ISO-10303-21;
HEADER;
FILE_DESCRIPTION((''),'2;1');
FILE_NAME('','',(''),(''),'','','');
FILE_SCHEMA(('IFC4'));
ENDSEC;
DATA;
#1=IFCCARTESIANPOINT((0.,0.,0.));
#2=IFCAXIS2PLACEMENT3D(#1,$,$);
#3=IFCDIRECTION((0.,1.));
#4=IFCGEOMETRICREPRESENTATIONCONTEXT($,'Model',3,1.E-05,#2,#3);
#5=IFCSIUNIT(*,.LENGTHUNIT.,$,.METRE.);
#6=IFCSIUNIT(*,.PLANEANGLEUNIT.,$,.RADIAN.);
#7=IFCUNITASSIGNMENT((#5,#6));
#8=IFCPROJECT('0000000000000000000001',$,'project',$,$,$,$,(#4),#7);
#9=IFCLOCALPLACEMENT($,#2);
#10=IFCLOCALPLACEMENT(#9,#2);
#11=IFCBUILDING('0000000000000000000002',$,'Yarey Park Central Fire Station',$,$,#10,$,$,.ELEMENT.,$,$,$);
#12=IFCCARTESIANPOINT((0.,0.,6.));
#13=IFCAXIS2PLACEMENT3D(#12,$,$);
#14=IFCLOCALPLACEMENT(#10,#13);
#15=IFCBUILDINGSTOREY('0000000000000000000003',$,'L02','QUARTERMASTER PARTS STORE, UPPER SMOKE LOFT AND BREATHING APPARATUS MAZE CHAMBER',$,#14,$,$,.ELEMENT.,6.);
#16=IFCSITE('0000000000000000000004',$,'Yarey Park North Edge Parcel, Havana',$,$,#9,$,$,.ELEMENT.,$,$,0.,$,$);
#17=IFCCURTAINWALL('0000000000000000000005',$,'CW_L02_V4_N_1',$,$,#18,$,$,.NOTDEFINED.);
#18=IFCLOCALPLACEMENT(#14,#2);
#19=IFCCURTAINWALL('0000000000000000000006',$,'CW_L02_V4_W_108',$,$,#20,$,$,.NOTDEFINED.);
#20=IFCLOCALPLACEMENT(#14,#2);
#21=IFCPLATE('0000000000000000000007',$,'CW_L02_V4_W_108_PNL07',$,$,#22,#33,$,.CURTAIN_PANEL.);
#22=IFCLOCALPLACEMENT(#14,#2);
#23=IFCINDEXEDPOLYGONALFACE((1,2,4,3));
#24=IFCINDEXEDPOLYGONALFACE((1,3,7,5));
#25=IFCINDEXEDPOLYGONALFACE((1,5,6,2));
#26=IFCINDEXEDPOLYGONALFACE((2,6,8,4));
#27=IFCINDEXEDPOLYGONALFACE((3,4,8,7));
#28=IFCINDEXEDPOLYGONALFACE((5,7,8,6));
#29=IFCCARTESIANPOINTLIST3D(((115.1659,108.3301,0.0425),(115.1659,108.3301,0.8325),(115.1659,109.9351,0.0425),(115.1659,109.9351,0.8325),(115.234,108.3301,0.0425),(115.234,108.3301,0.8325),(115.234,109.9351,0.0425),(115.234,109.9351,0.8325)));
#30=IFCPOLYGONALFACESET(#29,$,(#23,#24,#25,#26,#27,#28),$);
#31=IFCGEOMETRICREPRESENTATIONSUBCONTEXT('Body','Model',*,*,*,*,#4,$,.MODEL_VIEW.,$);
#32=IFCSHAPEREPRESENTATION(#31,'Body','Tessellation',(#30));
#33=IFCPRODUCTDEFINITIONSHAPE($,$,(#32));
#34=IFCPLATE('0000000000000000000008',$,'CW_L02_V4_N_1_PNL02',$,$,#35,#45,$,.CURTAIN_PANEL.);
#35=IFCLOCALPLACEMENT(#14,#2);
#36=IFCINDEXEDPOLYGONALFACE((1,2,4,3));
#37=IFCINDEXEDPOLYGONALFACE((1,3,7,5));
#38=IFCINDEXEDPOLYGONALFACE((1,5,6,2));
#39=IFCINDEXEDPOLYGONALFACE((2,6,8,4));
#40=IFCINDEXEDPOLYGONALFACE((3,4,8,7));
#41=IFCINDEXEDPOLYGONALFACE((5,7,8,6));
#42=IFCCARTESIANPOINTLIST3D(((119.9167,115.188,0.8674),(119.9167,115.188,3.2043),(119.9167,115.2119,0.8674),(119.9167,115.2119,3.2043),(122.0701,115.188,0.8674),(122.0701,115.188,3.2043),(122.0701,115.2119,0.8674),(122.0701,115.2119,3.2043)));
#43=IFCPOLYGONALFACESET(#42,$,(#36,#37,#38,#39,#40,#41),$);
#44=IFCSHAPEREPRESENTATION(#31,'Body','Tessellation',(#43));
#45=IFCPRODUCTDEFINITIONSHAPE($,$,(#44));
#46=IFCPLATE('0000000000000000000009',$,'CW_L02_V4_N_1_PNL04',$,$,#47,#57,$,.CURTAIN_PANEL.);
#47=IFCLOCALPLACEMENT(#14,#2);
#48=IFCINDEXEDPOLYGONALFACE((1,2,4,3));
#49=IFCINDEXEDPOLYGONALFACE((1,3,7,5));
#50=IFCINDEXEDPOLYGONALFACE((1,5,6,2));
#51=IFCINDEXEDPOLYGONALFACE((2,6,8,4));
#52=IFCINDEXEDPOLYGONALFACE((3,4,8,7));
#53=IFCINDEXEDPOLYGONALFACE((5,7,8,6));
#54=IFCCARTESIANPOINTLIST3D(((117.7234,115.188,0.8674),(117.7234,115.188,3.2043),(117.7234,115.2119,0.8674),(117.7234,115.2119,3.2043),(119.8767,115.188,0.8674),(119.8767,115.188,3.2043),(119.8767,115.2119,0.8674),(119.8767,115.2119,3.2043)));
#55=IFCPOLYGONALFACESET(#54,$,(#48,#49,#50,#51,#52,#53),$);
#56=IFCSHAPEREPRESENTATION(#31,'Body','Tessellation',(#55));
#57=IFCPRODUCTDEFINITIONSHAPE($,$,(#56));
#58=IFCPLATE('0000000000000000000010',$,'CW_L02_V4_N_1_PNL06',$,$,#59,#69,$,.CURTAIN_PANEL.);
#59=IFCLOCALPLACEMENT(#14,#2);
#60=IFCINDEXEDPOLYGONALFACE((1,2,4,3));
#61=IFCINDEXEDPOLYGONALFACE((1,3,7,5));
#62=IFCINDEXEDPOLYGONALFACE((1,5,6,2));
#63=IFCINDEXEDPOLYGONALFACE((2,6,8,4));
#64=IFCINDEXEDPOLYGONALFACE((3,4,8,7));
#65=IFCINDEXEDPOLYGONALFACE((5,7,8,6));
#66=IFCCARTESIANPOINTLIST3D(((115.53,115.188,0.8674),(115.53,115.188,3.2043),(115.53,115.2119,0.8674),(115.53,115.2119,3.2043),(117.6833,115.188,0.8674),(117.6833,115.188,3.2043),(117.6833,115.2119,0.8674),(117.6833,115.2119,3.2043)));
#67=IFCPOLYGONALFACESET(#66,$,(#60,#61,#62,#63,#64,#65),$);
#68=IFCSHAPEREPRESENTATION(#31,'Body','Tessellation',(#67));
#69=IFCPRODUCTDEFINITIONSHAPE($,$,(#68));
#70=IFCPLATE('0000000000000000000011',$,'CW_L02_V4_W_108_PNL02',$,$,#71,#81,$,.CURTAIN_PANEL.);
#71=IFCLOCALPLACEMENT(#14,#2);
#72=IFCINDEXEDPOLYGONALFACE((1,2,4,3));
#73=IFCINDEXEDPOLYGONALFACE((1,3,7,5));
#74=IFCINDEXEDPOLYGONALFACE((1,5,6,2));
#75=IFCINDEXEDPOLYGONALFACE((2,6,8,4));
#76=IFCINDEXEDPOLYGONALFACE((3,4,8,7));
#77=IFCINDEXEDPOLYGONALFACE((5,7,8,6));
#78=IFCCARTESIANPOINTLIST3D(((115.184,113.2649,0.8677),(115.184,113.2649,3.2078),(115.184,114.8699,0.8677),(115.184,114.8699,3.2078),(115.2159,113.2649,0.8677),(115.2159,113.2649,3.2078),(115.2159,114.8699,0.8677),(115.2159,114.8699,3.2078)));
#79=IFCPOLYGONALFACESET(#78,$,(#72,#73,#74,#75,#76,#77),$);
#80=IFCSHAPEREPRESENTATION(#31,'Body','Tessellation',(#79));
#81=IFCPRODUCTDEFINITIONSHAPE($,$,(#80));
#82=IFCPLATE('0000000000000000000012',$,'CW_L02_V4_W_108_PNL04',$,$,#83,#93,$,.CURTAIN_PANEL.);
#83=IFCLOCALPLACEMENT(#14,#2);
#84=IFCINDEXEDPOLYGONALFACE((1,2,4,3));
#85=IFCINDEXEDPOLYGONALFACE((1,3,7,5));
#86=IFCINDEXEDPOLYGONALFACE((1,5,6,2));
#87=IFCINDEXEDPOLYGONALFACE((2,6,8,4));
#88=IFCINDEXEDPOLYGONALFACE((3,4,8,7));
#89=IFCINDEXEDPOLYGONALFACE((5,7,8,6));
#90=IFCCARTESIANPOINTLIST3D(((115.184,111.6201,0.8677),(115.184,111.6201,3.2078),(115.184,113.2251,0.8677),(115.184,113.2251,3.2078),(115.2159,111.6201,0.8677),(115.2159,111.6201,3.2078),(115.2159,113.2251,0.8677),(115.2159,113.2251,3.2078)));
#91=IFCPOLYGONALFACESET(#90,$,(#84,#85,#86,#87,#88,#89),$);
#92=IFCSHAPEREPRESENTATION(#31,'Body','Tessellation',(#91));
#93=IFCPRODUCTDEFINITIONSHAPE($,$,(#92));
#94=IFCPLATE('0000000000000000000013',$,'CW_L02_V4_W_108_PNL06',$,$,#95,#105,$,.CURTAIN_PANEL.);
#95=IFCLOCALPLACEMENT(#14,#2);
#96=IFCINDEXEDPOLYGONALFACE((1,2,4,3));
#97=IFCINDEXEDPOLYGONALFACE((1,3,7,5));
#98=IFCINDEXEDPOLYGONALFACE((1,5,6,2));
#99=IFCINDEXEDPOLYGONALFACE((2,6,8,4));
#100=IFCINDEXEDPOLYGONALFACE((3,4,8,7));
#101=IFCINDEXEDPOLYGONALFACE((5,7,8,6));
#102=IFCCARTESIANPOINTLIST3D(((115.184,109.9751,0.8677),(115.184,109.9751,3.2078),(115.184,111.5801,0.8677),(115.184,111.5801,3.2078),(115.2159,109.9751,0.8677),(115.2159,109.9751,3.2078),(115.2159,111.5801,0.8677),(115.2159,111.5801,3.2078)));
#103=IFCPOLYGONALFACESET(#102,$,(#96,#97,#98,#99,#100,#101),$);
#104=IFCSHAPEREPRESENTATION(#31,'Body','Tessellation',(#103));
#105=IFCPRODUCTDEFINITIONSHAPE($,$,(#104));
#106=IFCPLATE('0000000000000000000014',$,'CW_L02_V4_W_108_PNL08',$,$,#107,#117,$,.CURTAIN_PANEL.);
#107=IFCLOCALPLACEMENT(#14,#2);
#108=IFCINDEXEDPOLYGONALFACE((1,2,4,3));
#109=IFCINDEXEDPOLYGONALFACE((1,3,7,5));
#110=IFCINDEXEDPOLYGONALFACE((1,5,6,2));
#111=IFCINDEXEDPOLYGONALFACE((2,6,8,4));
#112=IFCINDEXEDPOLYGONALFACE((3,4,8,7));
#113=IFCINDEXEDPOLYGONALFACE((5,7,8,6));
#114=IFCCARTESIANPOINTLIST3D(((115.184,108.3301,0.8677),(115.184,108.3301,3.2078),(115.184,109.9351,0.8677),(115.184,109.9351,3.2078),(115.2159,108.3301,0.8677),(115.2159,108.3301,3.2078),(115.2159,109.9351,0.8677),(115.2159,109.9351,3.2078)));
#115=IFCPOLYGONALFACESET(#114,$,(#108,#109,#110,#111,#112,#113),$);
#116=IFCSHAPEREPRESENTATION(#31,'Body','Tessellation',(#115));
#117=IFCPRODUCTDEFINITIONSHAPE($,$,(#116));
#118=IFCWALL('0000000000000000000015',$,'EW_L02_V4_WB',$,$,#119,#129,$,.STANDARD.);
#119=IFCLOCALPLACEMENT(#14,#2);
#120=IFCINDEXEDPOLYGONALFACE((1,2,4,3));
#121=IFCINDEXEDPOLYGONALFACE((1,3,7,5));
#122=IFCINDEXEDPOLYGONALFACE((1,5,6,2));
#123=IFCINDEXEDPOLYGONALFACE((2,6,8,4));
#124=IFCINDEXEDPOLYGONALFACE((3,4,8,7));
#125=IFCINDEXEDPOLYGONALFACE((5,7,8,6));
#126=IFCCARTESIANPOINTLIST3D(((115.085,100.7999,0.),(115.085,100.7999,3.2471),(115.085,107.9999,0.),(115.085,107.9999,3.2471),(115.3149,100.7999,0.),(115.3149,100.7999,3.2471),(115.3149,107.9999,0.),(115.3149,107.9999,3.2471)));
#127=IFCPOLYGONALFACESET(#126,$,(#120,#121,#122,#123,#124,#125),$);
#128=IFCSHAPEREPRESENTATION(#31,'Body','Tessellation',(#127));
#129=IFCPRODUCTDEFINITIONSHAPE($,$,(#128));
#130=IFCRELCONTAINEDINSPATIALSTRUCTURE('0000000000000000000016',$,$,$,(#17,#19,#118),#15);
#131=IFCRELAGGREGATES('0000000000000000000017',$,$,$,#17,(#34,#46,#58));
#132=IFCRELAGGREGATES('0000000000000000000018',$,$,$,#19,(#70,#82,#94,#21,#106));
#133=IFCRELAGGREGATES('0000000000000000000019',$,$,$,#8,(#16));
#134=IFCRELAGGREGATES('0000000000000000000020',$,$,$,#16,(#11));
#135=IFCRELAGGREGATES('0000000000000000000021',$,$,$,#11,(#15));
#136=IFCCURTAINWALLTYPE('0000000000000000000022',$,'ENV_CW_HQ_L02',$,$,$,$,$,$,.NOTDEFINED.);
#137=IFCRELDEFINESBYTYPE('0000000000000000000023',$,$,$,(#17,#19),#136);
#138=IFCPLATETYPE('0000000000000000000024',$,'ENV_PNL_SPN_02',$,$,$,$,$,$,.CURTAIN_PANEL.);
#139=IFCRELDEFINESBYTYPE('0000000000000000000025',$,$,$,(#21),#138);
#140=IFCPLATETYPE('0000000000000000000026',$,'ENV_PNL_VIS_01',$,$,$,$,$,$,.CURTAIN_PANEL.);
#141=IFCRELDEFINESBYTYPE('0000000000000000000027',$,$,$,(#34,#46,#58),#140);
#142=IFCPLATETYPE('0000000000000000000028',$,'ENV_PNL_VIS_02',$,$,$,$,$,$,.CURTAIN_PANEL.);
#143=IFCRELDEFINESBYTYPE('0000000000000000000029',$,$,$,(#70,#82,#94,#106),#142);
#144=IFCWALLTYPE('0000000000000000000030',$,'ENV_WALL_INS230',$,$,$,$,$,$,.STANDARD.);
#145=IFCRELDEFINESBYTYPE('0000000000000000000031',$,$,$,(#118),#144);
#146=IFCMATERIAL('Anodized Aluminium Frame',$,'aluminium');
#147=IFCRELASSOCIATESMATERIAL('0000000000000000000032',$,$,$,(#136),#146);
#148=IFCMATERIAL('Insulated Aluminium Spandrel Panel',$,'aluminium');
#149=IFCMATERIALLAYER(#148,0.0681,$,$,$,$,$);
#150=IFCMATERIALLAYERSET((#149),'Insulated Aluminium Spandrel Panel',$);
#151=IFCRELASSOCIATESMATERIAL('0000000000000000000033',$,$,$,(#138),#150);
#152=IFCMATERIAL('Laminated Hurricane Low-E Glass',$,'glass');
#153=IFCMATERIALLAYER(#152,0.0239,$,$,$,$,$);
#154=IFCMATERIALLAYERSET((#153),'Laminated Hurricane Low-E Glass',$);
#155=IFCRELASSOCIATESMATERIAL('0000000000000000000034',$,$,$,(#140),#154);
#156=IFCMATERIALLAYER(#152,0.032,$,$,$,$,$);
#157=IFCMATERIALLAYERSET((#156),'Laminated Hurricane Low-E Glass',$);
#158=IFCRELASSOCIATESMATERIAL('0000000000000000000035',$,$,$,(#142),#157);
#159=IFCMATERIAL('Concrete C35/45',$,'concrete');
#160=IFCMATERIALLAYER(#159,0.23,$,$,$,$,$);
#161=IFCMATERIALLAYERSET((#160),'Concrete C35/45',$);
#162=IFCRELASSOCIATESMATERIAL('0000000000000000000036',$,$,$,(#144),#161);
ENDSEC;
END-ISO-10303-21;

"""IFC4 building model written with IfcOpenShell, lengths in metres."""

from ifc_helpers import new_model, si_unit, direction, frame, frame_2d, origin, origin_2d, place, context, subcontext, project, spatial, rectangle, extrude, material, layer, layer_set, type_object, element, aggregate, save


model = new_model("IFC4")

# Units and contexts
model_context = context("Model", 3, precision=1e-05, world=origin(), true_north=direction((0.0, 1.0)))
body_context = subcontext(model_context, "Body", "Model", "MODEL_VIEW")
ifc_project = project(units=[si_unit("LENGTHUNIT", "METRE"), si_unit("PLANEANGLEUNIT", "RADIAN")], contexts=[model_context])

# Site, building, storey
site_placement = place(None, origin())
site = spatial("IfcSite", under=ifc_project, at=site_placement, Name="Yarey Park North Edge Parcel, Havana", CompositionType="ELEMENT", RefElevation=0.0)
building_placement = place(site_placement, origin())
building = spatial("IfcBuilding", under=site, at=building_placement, Name="Yarey Park Central Fire Station", CompositionType="ELEMENT")
storey_placement = place(building_placement, frame((0.0, 0.0, 6.0)))
storey = spatial("IfcBuildingStorey", under=building, at=storey_placement, Name="L02", Description="QUARTERMASTER PARTS STORE, UPPER SMOKE LOFT AND BREATHING APPARATUS MAZE CHAMBER", CompositionType="ELEMENT", Elevation=6.0)

# Curtain walls
ifc_material_1 = material(Name="Anodized Aluminium Frame", Category="aluminium")
curtain_wall_type = type_object("IfcCurtainWallType", Name="ENV_CW_HQ_L02", PredefinedType="NOTDEFINED", material=ifc_material_1)
curtain_wall_1_placement = place(storey_placement, origin())
curtain_wall_1 = element("IfcCurtainWall", 1, at=curtain_wall_1_placement, inside=storey, type_object=curtain_wall_type, Name="CW_L02_V4_N_1", PredefinedType="NOTDEFINED")
curtain_wall_2_placement = place(storey_placement, origin())
curtain_wall_2 = element("IfcCurtainWall", 2, at=curtain_wall_2_placement, inside=storey, type_object=curtain_wall_type, Name="CW_L02_V4_W_108", PredefinedType="NOTDEFINED")

# Plates
ifc_material_2 = material(Name="Insulated Aluminium Spandrel Panel", Category="aluminium")
ifc_layer_1 = layer(ifc_material_2, 0.0681)
ifc_layer_set_1 = layer_set([ifc_layer_1], Name="Insulated Aluminium Spandrel Panel")
plate_type_1 = type_object("IfcPlateType", Name="ENV_PNL_SPN_02", PredefinedType="CURTAIN_PANEL", material=ifc_layer_set_1)
plate_1_placement = place(storey_placement, frame((115.2, 109.1326, 0.0425), z_axis=(0.0, 0.0, 1.0), x_axis=(0.0, -1.0, 0.0)))
plate_1 = element("IfcPlate", 3, at=plate_1_placement, type_object=plate_type_1, Name="CW_L02_V4_W_108_PNL07", PredefinedType="CURTAIN_PANEL", context=body_context, shape_type="SweptSolid", body=[
    extrude(rectangle(XDim=1.605, YDim=0.0681, at=origin_2d()), origin(), (0.0, 0.0, 1.0), 0.79),
])
ifc_material_3 = material(Name="Laminated Hurricane Low-E Glass", Category="glass")
ifc_layer_2 = layer(ifc_material_3, 0.0239)
ifc_layer_set_2 = layer_set([ifc_layer_2], Name="Laminated Hurricane Low-E Glass")
plate_type_2 = type_object("IfcPlateType", Name="ENV_PNL_VIS_01", PredefinedType="CURTAIN_PANEL", material=ifc_layer_set_2)
plate_2_placement = place(storey_placement, frame((120.9934, 115.2, 0.8674), z_axis=(0.0, 0.0, 1.0), x_axis=(-1.0, 0.0, 0.0)))
plate_2 = element("IfcPlate", 4, at=plate_2_placement, type_object=plate_type_2, Name="CW_L02_V4_N_1_PNL02", PredefinedType="CURTAIN_PANEL", context=body_context, shape_type="SweptSolid", body=[
    extrude(rectangle(XDim=2.1533, YDim=0.0239, at=origin_2d()), origin(), (0.0, 0.0, 1.0), 2.3369),
])
plate_3_placement = place(storey_placement, frame((118.8, 115.2, 0.8674), z_axis=(0.0, 0.0, 1.0), x_axis=(-1.0, 0.0, 0.0)))
plate_3 = element("IfcPlate", 5, at=plate_3_placement, type_object=plate_type_2, Name="CW_L02_V4_N_1_PNL04", PredefinedType="CURTAIN_PANEL", context=body_context, shape_type="SweptSolid", body=[
    extrude(rectangle(XDim=2.1533, YDim=0.0239, at=origin_2d()), origin(), (0.0, 0.0, 1.0), 2.3369),
])
plate_4_placement = place(storey_placement, frame((116.6067, 115.2, 0.8674), z_axis=(0.0, 0.0, 1.0), x_axis=(-1.0, 0.0, 0.0)))
plate_4 = element("IfcPlate", 6, at=plate_4_placement, type_object=plate_type_2, Name="CW_L02_V4_N_1_PNL06", PredefinedType="CURTAIN_PANEL", context=body_context, shape_type="SweptSolid", body=[
    extrude(rectangle(XDim=2.1533, YDim=0.0239, at=origin_2d()), origin(), (0.0, 0.0, 1.0), 2.3369),
])
aggregate(curtain_wall_1, [plate_2, plate_3, plate_4])
ifc_layer_3 = layer(ifc_material_3, 0.032)
ifc_layer_set_3 = layer_set([ifc_layer_3], Name="Laminated Hurricane Low-E Glass")
plate_type_3 = type_object("IfcPlateType", Name="ENV_PNL_VIS_02", PredefinedType="CURTAIN_PANEL", material=ifc_layer_set_3)
plate_5_placement = place(storey_placement, frame((115.2, 114.0674, 0.8677), z_axis=(0.0, 0.0, 1.0), x_axis=(0.0, -1.0, 0.0)))
plate_5 = element("IfcPlate", 7, at=plate_5_placement, type_object=plate_type_3, Name="CW_L02_V4_W_108_PNL02", PredefinedType="CURTAIN_PANEL", context=body_context, shape_type="SweptSolid", body=[
    extrude(rectangle(XDim=1.605, YDim=0.032, at=origin_2d()), origin(), (0.0, 0.0, 1.0), 2.3401),
])
plate_6_placement = place(storey_placement, frame((115.2, 112.4226, 0.8677), z_axis=(0.0, 0.0, 1.0), x_axis=(0.0, -1.0, 0.0)))
plate_6 = element("IfcPlate", 8, at=plate_6_placement, type_object=plate_type_3, Name="CW_L02_V4_W_108_PNL04", PredefinedType="CURTAIN_PANEL", context=body_context, shape_type="SweptSolid", body=[
    extrude(rectangle(XDim=1.605, YDim=0.032, at=origin_2d()), origin(), (0.0, 0.0, 1.0), 2.3401),
])
plate_7_placement = place(storey_placement, frame((115.2, 110.7776, 0.8677), z_axis=(0.0, 0.0, 1.0), x_axis=(0.0, -1.0, 0.0)))
plate_7 = element("IfcPlate", 9, at=plate_7_placement, type_object=plate_type_3, Name="CW_L02_V4_W_108_PNL06", PredefinedType="CURTAIN_PANEL", context=body_context, shape_type="SweptSolid", body=[
    extrude(rectangle(XDim=1.605, YDim=0.032, at=origin_2d()), origin(), (0.0, 0.0, 1.0), 2.3401),
])
plate_8_placement = place(storey_placement, frame((115.2, 109.1326, 0.8677), z_axis=(0.0, 0.0, 1.0), x_axis=(0.0, -1.0, 0.0)))
plate_8 = element("IfcPlate", 10, at=plate_8_placement, type_object=plate_type_3, Name="CW_L02_V4_W_108_PNL08", PredefinedType="CURTAIN_PANEL", context=body_context, shape_type="SweptSolid", body=[
    extrude(rectangle(XDim=1.605, YDim=0.032, at=origin_2d()), origin(), (0.0, 0.0, 1.0), 2.3401),
])
aggregate(curtain_wall_2, [plate_5, plate_6, plate_7, plate_1, plate_8])

# Wall
ifc_material_4 = material(Name="Concrete C35/45", Category="concrete")
ifc_layer_4 = layer(ifc_material_4, 0.23)
ifc_layer_set_4 = layer_set([ifc_layer_4], Name="Concrete C35/45")
wall_type = type_object("IfcWallType", Name="ENV_WALL_INS230", PredefinedType="STANDARD", material=ifc_layer_set_4)
wall_placement = place(storey_placement, frame((115.2, 108.0, 0.0), z_axis=(0.0, 0.0, 1.0), x_axis=(0.0, -1.0, 0.0)))
element("IfcWall", 11, at=wall_placement, inside=storey, type_object=wall_type, Name="EW_L02_V4_WB", PredefinedType="STANDARD", context=body_context, shape_type="SweptSolid", body=[
    extrude(rectangle(XDim=7.2, YDim=0.23, at=frame_2d((3.6001, 0.0))), origin(), (0.0, 0.0, 1.0), 3.2471),
])

save(model, "model.ifc")
